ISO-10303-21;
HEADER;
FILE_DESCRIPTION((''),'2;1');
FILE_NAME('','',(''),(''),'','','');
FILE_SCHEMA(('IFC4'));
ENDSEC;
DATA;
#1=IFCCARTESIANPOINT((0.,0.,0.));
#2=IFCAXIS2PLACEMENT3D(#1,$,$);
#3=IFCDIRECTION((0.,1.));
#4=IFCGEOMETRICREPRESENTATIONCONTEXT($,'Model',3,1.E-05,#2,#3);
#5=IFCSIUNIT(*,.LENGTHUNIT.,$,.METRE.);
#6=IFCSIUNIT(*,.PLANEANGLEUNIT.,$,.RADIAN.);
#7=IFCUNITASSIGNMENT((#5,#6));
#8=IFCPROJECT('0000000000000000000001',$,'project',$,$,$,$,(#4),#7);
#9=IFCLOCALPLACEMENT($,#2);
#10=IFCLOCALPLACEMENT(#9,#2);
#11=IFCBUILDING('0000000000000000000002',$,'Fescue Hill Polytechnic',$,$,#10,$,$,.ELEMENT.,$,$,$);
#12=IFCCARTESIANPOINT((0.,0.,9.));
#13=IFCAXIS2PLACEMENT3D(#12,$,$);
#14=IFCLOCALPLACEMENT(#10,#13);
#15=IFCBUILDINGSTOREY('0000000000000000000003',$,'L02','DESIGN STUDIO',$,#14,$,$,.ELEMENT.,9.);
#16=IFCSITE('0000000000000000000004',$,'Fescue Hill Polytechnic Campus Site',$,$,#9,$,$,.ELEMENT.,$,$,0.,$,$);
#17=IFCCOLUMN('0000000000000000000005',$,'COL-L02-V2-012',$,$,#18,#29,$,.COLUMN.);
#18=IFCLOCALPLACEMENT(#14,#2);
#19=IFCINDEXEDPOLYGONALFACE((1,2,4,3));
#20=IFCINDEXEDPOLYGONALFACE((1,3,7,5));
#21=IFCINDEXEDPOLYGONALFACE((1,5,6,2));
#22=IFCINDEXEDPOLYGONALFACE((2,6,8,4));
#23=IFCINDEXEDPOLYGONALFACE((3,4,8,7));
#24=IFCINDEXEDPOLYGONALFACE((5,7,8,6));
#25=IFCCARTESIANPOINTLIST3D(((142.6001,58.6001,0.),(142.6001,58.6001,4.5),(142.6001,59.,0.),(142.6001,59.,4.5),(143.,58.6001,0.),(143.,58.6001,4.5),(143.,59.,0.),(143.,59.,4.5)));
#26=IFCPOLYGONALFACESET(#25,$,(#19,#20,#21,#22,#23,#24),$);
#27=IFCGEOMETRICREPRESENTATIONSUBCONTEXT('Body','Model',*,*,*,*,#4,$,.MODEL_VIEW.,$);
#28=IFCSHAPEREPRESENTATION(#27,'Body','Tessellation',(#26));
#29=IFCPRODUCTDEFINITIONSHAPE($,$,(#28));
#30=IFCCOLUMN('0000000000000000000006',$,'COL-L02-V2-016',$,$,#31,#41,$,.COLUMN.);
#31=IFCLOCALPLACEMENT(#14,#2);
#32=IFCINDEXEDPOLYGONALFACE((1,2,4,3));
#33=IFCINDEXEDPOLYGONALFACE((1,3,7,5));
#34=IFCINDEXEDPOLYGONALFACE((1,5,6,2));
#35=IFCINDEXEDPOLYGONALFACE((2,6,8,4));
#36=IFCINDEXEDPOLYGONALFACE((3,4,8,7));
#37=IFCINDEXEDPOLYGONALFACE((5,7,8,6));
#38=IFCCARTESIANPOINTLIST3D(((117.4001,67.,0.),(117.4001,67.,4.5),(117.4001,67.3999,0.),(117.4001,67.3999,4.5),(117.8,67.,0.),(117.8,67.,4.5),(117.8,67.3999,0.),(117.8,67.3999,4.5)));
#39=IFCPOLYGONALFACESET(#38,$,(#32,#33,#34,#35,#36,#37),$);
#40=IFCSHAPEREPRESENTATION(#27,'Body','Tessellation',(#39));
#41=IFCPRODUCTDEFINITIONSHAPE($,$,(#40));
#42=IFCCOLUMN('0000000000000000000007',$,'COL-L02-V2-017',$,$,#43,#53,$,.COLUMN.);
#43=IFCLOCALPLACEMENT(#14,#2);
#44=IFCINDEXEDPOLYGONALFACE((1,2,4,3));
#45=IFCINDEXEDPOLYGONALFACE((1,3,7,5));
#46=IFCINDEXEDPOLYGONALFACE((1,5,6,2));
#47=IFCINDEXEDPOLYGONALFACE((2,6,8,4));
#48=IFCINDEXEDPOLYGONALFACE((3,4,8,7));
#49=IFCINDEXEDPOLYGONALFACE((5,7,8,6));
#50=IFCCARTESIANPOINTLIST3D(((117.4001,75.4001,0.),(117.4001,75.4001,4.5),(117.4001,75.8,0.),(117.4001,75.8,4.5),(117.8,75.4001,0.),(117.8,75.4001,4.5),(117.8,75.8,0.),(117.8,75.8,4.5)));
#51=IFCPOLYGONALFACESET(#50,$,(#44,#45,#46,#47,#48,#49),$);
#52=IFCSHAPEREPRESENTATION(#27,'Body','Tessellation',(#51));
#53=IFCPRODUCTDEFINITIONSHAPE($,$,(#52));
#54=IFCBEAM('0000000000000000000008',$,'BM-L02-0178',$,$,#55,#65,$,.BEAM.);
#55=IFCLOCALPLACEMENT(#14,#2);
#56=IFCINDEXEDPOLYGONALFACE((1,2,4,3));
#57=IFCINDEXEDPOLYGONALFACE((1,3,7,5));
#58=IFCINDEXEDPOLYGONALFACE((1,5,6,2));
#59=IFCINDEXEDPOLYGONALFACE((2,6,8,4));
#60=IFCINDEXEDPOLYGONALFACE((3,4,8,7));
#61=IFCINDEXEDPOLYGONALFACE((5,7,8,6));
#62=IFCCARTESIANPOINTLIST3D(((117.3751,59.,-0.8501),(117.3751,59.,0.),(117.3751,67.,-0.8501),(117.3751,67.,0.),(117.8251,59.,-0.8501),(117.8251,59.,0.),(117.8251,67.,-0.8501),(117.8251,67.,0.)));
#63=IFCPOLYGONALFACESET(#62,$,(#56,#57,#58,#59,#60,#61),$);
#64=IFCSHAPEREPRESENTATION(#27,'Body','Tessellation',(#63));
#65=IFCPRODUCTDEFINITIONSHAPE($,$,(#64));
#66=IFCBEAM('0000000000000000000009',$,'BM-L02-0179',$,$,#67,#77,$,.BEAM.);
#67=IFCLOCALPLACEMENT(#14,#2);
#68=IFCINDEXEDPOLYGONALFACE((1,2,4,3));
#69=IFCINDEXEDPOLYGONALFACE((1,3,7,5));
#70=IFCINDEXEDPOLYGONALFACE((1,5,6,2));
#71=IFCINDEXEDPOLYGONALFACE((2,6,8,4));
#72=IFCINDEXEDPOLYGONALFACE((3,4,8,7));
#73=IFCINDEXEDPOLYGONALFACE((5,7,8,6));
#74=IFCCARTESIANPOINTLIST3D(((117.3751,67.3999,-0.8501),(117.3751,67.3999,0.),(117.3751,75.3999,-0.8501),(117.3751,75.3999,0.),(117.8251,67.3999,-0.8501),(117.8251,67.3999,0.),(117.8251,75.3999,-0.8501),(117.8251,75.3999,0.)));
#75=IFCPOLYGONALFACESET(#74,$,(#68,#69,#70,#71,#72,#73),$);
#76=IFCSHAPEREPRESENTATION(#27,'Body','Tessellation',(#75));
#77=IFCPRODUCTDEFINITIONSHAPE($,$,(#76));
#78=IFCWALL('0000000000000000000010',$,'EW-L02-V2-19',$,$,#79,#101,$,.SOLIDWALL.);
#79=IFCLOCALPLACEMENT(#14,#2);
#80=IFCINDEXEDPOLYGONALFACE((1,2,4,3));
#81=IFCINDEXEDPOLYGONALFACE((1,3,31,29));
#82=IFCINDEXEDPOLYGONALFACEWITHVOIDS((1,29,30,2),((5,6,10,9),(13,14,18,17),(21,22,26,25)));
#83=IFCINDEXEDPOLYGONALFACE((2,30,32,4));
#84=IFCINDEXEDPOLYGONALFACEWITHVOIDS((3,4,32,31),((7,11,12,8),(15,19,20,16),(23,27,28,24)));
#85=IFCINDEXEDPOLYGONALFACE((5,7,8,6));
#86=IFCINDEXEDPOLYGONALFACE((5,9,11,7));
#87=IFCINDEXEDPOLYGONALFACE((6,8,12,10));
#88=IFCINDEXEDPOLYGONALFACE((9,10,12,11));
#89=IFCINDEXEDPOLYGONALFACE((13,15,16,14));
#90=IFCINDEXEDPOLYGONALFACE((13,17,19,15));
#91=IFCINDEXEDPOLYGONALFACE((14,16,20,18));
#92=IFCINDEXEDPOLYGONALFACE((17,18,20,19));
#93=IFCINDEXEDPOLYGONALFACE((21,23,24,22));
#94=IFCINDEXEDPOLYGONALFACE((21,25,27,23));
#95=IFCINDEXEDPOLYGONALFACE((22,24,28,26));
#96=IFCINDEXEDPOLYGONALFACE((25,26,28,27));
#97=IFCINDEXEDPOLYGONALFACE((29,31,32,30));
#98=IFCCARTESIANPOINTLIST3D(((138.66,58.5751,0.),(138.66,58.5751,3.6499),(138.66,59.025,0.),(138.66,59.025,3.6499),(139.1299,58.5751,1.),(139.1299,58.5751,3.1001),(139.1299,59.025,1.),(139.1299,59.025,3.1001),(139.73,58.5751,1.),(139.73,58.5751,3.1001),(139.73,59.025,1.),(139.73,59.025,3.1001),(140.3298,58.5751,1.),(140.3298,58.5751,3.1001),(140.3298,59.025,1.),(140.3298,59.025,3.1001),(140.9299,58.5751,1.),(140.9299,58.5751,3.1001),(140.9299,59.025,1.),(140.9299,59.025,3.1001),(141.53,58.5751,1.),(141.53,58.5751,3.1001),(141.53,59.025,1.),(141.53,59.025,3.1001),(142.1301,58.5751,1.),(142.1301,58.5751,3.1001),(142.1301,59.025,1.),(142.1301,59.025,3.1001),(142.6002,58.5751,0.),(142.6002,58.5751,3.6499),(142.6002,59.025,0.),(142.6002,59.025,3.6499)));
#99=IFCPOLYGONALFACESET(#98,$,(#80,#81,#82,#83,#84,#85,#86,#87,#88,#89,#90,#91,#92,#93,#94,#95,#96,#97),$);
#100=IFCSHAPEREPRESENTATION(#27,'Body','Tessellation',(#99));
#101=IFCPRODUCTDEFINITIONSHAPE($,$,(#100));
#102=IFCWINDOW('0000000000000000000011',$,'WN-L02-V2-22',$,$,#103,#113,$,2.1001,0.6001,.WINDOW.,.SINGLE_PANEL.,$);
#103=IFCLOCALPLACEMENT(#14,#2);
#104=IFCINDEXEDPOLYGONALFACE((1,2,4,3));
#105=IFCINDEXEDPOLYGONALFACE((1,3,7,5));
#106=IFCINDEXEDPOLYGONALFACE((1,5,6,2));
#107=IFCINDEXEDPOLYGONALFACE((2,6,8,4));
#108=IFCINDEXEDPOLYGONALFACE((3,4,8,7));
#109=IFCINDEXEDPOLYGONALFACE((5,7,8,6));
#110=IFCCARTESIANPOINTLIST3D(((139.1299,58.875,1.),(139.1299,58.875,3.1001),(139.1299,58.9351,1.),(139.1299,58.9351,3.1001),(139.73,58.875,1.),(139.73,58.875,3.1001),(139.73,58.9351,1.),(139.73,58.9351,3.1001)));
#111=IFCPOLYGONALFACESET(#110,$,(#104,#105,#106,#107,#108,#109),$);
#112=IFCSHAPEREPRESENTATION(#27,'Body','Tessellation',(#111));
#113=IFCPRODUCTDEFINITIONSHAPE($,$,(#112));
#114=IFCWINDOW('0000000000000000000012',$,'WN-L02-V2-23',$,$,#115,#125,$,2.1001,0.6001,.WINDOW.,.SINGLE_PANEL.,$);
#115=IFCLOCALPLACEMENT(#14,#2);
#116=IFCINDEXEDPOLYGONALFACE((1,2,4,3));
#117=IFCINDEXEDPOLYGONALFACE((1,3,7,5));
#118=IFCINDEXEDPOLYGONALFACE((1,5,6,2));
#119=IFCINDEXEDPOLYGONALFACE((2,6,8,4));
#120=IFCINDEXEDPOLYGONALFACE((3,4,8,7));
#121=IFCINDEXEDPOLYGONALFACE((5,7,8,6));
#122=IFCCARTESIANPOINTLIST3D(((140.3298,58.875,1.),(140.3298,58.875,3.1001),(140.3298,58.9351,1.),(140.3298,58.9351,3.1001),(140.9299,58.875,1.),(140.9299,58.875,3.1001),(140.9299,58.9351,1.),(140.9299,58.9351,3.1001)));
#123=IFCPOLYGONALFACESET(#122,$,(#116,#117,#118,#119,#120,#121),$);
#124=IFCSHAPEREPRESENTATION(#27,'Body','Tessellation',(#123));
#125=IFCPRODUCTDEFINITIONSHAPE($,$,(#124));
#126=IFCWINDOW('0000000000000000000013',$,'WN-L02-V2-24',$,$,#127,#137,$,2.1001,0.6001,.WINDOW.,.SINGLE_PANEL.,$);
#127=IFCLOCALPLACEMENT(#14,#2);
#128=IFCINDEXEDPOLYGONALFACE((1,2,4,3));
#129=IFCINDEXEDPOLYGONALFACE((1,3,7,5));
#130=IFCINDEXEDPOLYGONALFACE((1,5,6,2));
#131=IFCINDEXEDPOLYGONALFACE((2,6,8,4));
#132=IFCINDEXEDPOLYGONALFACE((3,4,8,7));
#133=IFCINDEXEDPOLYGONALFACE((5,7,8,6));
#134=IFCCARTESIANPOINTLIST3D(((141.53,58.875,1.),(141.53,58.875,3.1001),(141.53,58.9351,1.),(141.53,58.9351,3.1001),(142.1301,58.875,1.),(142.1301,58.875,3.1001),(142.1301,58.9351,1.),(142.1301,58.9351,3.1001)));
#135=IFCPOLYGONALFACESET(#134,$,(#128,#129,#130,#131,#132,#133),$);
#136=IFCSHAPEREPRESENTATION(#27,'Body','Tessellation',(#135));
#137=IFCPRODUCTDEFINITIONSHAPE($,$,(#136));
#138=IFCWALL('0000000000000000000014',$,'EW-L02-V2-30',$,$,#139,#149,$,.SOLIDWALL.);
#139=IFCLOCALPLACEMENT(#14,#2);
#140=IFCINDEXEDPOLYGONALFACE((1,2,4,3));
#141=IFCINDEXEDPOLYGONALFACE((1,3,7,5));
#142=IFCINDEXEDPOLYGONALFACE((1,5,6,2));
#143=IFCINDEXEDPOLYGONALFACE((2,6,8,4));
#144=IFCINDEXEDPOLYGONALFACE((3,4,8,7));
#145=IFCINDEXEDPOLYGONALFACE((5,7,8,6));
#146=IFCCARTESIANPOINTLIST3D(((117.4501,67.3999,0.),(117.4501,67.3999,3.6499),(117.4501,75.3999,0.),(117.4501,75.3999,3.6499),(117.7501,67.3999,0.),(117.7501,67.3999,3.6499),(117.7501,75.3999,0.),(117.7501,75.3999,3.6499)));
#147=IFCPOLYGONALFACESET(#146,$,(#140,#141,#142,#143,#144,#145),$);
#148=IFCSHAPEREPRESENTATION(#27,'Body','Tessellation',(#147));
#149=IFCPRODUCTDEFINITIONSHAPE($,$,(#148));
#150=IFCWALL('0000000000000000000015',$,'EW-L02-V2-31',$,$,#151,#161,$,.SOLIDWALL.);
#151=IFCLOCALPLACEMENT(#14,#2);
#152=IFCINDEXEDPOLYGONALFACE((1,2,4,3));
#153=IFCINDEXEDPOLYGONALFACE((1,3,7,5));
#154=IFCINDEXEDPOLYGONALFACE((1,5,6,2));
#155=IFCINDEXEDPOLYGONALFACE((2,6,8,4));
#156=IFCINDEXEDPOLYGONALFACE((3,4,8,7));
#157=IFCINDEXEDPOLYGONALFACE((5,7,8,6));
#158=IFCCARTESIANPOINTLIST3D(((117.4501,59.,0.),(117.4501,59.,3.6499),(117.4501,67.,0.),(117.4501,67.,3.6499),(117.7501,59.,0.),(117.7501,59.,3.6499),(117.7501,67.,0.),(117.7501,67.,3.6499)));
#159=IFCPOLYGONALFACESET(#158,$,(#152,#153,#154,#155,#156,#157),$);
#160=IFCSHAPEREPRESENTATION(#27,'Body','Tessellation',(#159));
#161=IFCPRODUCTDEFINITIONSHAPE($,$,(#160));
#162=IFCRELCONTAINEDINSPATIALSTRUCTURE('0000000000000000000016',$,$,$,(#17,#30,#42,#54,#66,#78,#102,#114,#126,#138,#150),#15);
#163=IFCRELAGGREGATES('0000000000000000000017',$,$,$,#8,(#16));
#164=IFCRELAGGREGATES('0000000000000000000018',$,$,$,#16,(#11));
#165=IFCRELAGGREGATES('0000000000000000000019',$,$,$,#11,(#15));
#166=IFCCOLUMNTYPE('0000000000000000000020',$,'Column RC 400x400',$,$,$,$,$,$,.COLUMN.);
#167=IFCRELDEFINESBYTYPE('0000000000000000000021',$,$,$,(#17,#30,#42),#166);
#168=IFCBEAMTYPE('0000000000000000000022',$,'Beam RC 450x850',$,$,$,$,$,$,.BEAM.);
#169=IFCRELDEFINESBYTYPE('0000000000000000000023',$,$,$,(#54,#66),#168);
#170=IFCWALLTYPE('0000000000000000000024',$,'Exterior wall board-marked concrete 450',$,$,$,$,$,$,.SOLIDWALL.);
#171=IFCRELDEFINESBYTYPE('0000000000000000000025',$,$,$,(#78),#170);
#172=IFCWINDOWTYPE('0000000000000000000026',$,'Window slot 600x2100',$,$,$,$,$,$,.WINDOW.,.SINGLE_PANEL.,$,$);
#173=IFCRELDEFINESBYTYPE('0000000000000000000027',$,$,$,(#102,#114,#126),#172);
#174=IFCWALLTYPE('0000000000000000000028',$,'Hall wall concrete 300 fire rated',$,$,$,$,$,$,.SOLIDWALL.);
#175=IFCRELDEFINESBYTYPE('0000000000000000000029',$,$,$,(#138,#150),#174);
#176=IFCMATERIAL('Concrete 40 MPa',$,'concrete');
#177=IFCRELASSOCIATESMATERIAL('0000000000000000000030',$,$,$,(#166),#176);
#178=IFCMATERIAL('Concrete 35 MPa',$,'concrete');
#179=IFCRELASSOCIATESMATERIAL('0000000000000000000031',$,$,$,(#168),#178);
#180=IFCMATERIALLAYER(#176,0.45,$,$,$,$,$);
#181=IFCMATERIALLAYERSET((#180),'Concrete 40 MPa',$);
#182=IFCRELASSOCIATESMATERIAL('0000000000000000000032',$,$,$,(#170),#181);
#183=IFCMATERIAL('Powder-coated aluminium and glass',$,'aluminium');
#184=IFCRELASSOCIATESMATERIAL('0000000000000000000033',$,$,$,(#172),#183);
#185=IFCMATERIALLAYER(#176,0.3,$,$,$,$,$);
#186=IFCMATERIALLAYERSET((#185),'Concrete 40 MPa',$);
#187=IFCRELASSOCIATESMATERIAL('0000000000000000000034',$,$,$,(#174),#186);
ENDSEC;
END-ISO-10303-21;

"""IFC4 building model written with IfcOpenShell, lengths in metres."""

from ifc_helpers import new_model, si_unit, direction, frame, frame_2d, origin, origin_2d, place, context, subcontext, project, spatial, rectangle, extrude, material, layer, layer_set, material_profile, profile_set, type_object, element, fill, save


model = new_model("IFC4")

# Units and contexts
model_context = context("Model", 3, precision=1e-05, world=origin(), true_north=direction((0.0, 1.0)))
body_context = subcontext(model_context, "Body", "Model", "MODEL_VIEW")
ifc_project = project(units=[si_unit("LENGTHUNIT", "METRE"), si_unit("PLANEANGLEUNIT", "RADIAN")], contexts=[model_context])

# Site, building, storey
site_placement = place(None, origin())
site = spatial("IfcSite", under=ifc_project, at=site_placement, Name="Fescue Hill Polytechnic Campus Site", CompositionType="ELEMENT", RefElevation=0.0)
building_placement = place(site_placement, origin())
building = spatial("IfcBuilding", under=site, at=building_placement, Name="Fescue Hill Polytechnic", CompositionType="ELEMENT")
storey_placement = place(building_placement, frame((0.0, 0.0, 9.0)))
storey = spatial("IfcBuildingStorey", under=building, at=storey_placement, Name="L02", Description="DESIGN STUDIO", CompositionType="ELEMENT", Elevation=9.0)

# Columns
ifc_material_1 = material(Name="Concrete 40 MPa", Category="concrete")
ifc_material_profile_1 = material_profile(ifc_material_1, rectangle(XDim=0.3999, YDim=0.3999, at=origin_2d()), Name="RC 400x400")
ifc_profile_set_1 = profile_set([ifc_material_profile_1], Name="Concrete 40 MPa")
column_type = type_object("IfcColumnType", Name="Column RC 400x400", PredefinedType="COLUMN", material=ifc_profile_set_1)
for number, where, z_axis, x_axis, name in (
    (1, (142.8, 58.8, 0.0), (0.0, 0.0, 1.0), (1.0, 0.0, 0.0), "COL-L02-V2-012"),
    (2, (117.6001, 67.2, 0.0), (0.0, 0.0, 1.0), (1.0, 0.0, 0.0), "COL-L02-V2-016"),
    (3, (117.6001, 75.6001, 0.0), (0.0, 0.0, 1.0), (1.0, 0.0, 0.0), "COL-L02-V2-017"),
):
    element("IfcColumn", number, at=place(storey_placement, frame(where, z_axis=z_axis, x_axis=x_axis)), inside=storey, type_object=column_type, Name=name, PredefinedType="COLUMN", context=body_context, shape_type="SweptSolid", body=[
        extrude(rectangle(XDim=0.3999, YDim=0.3999, at=origin_2d()), origin(), (0.0, 0.0, 1.0), 4.5),
    ])

# Beams
ifc_material_2 = material(Name="Concrete 35 MPa", Category="concrete")
ifc_material_profile_2 = material_profile(ifc_material_2, rectangle(XDim=0.45, YDim=0.8501, at=origin_2d()), Name="RC 450x850")
ifc_profile_set_2 = profile_set([ifc_material_profile_2], Name="Concrete 35 MPa")
beam_type = type_object("IfcBeamType", Name="Beam RC 450x850", PredefinedType="BEAM", material=ifc_profile_set_2)
for number, where, z_axis, x_axis, name in (
    (4, (117.6001, 67.0, -0.425), (0.0, -1.0, 0.0), (1.0, 0.0, 0.0), "BM-L02-0178"),
    (5, (117.6001, 75.3999, -0.425), (0.0, -1.0, 0.0), (1.0, 0.0, 0.0), "BM-L02-0179"),
):
    element("IfcBeam", number, at=place(storey_placement, frame(where, z_axis=z_axis, x_axis=x_axis)), inside=storey, type_object=beam_type, Name=name, PredefinedType="BEAM", context=body_context, shape_type="SweptSolid", body=[
        extrude(rectangle(XDim=0.45, YDim=0.8501, at=origin_2d()), origin(), (0.0, 0.0, 1.0), 8.0),
    ])

# Wall, openings, windows
ifc_layer_1 = layer(ifc_material_1, 0.45)
ifc_layer_set_1 = layer_set([ifc_layer_1], Name="Concrete 40 MPa")
wall_type_1 = type_object("IfcWallType", Name="Exterior wall board-marked concrete 450", PredefinedType="SOLIDWALL", material=ifc_layer_set_1)
wall_1_placement = place(storey_placement, frame((138.6599, 58.8, 0.0), z_axis=(0.0, 0.0, 1.0), x_axis=(1.0, 0.0, 0.0)))
wall_1 = element("IfcWall", 6, at=wall_1_placement, inside=storey, type_object=wall_type_1, Name="EW-L02-V2-19", PredefinedType="SOLIDWALL", context=body_context, shape_type="SweptSolid", body=[
    extrude(rectangle(XDim=3.9402, YDim=0.45, at=frame_2d((1.9702, 0.0))), origin(), (0.0, 0.0, 1.0), 3.6499),
])
opening_1_placement = place(wall_1_placement, frame((0.47, 0.0, 1.0)))
opening_1 = element("IfcOpeningElement", 7, at=opening_1_placement, cuts=wall_1, PredefinedType="OPENING", context=body_context, shape_type="SweptSolid", body=[
    extrude(rectangle(XDim=0.6001, YDim=2.1001, at=frame_2d((0.3, 1.05))), frame((0.0, 0.2349, 0.0), z_axis=(0.0, -1.0, 0.0), x_axis=(1.0, 0.0, 0.0)), (0.0, 0.0, 1.0), 0.47),
])
opening_2_placement = place(wall_1_placement, frame((1.6699, 0.0, 1.0)))
opening_2 = element("IfcOpeningElement", 8, at=opening_2_placement, cuts=wall_1, PredefinedType="OPENING", context=body_context, shape_type="SweptSolid", body=[
    extrude(rectangle(XDim=0.6001, YDim=2.1001, at=frame_2d((0.3, 1.05))), frame((0.0, 0.2349, 0.0), z_axis=(0.0, -1.0, 0.0), x_axis=(1.0, 0.0, 0.0)), (0.0, 0.0, 1.0), 0.47),
])
opening_3_placement = place(wall_1_placement, frame((2.8701, 0.0, 1.0)))
opening_3 = element("IfcOpeningElement", 9, at=opening_3_placement, cuts=wall_1, PredefinedType="OPENING", context=body_context, shape_type="SweptSolid", body=[
    extrude(rectangle(XDim=0.6001, YDim=2.1001, at=frame_2d((0.3, 1.05))), frame((0.0, 0.2349, 0.0), z_axis=(0.0, -1.0, 0.0), x_axis=(1.0, 0.0, 0.0)), (0.0, 0.0, 1.0), 0.47),
])
ifc_material_3 = material(Name="Powder-coated aluminium and glass", Category="aluminium")
window_type = type_object("IfcWindowType", Name="Window slot 600x2100", PartitioningType="SINGLE_PANEL", PredefinedType="WINDOW", material=ifc_material_3)
window_1_placement = place(opening_1_placement, origin())
window_1 = element("IfcWindow", 10, at=window_1_placement, inside=storey, type_object=window_type, Name="WN-L02-V2-22", OverallHeight=2.1001, OverallWidth=0.6001, PartitioningType="SINGLE_PANEL", PredefinedType="WINDOW", context=body_context, shape_type="SweptSolid", body=[
    extrude(rectangle(XDim=0.6001, YDim=2.1001, at=frame_2d((0.3, 1.05))), frame((0.0, 0.135, 0.0), z_axis=(0.0, -1.0, 0.0), x_axis=(1.0, 0.0, 0.0)), (0.0, 0.0, 1.0), 0.0601),
])
fill(opening_1, window_1)
window_2_placement = place(opening_2_placement, origin())
window_2 = element("IfcWindow", 11, at=window_2_placement, inside=storey, type_object=window_type, Name="WN-L02-V2-23", OverallHeight=2.1001, OverallWidth=0.6001, PartitioningType="SINGLE_PANEL", PredefinedType="WINDOW", context=body_context, shape_type="SweptSolid", body=[
    extrude(rectangle(XDim=0.6001, YDim=2.1001, at=frame_2d((0.3, 1.05))), frame((0.0, 0.135, 0.0), z_axis=(0.0, -1.0, 0.0), x_axis=(1.0, 0.0, 0.0)), (0.0, 0.0, 1.0), 0.0601),
])
fill(opening_2, window_2)
window_3_placement = place(opening_3_placement, origin())
window_3 = element("IfcWindow", 12, at=window_3_placement, inside=storey, type_object=window_type, Name="WN-L02-V2-24", OverallHeight=2.1001, OverallWidth=0.6001, PartitioningType="SINGLE_PANEL", PredefinedType="WINDOW", context=body_context, shape_type="SweptSolid", body=[
    extrude(rectangle(XDim=0.6001, YDim=2.1001, at=frame_2d((0.3, 1.05))), frame((0.0, 0.135, 0.0), z_axis=(0.0, -1.0, 0.0), x_axis=(1.0, 0.0, 0.0)), (0.0, 0.0, 1.0), 0.0601),
])
fill(opening_3, window_3)

# Walls
ifc_layer_2 = layer(ifc_material_1, 0.3)
ifc_layer_set_2 = layer_set([ifc_layer_2], Name="Concrete 40 MPa")
wall_type_2 = type_object("IfcWallType", Name="Hall wall concrete 300 fire rated", PredefinedType="SOLIDWALL", material=ifc_layer_set_2)
for number, where, z_axis, x_axis, name in (
    (13, (117.6001, 75.3999, 0.0), (0.0, 0.0, 1.0), (0.0, -1.0, 0.0), "EW-L02-V2-30"),
    (14, (117.6001, 67.0, 0.0), (0.0, 0.0, 1.0), (0.0, -1.0, 0.0), "EW-L02-V2-31"),
):
    element("IfcWall", number, at=place(storey_placement, frame(where, z_axis=z_axis, x_axis=x_axis)), inside=storey, type_object=wall_type_2, Name=name, PredefinedType="SOLIDWALL", context=body_context, shape_type="SweptSolid", body=[
        extrude(rectangle(XDim=8.0, YDim=0.3, at=frame_2d((4.0, 0.0))), origin(), (0.0, 0.0, 1.0), 3.6499),
    ])

save(model, "model.ifc")
